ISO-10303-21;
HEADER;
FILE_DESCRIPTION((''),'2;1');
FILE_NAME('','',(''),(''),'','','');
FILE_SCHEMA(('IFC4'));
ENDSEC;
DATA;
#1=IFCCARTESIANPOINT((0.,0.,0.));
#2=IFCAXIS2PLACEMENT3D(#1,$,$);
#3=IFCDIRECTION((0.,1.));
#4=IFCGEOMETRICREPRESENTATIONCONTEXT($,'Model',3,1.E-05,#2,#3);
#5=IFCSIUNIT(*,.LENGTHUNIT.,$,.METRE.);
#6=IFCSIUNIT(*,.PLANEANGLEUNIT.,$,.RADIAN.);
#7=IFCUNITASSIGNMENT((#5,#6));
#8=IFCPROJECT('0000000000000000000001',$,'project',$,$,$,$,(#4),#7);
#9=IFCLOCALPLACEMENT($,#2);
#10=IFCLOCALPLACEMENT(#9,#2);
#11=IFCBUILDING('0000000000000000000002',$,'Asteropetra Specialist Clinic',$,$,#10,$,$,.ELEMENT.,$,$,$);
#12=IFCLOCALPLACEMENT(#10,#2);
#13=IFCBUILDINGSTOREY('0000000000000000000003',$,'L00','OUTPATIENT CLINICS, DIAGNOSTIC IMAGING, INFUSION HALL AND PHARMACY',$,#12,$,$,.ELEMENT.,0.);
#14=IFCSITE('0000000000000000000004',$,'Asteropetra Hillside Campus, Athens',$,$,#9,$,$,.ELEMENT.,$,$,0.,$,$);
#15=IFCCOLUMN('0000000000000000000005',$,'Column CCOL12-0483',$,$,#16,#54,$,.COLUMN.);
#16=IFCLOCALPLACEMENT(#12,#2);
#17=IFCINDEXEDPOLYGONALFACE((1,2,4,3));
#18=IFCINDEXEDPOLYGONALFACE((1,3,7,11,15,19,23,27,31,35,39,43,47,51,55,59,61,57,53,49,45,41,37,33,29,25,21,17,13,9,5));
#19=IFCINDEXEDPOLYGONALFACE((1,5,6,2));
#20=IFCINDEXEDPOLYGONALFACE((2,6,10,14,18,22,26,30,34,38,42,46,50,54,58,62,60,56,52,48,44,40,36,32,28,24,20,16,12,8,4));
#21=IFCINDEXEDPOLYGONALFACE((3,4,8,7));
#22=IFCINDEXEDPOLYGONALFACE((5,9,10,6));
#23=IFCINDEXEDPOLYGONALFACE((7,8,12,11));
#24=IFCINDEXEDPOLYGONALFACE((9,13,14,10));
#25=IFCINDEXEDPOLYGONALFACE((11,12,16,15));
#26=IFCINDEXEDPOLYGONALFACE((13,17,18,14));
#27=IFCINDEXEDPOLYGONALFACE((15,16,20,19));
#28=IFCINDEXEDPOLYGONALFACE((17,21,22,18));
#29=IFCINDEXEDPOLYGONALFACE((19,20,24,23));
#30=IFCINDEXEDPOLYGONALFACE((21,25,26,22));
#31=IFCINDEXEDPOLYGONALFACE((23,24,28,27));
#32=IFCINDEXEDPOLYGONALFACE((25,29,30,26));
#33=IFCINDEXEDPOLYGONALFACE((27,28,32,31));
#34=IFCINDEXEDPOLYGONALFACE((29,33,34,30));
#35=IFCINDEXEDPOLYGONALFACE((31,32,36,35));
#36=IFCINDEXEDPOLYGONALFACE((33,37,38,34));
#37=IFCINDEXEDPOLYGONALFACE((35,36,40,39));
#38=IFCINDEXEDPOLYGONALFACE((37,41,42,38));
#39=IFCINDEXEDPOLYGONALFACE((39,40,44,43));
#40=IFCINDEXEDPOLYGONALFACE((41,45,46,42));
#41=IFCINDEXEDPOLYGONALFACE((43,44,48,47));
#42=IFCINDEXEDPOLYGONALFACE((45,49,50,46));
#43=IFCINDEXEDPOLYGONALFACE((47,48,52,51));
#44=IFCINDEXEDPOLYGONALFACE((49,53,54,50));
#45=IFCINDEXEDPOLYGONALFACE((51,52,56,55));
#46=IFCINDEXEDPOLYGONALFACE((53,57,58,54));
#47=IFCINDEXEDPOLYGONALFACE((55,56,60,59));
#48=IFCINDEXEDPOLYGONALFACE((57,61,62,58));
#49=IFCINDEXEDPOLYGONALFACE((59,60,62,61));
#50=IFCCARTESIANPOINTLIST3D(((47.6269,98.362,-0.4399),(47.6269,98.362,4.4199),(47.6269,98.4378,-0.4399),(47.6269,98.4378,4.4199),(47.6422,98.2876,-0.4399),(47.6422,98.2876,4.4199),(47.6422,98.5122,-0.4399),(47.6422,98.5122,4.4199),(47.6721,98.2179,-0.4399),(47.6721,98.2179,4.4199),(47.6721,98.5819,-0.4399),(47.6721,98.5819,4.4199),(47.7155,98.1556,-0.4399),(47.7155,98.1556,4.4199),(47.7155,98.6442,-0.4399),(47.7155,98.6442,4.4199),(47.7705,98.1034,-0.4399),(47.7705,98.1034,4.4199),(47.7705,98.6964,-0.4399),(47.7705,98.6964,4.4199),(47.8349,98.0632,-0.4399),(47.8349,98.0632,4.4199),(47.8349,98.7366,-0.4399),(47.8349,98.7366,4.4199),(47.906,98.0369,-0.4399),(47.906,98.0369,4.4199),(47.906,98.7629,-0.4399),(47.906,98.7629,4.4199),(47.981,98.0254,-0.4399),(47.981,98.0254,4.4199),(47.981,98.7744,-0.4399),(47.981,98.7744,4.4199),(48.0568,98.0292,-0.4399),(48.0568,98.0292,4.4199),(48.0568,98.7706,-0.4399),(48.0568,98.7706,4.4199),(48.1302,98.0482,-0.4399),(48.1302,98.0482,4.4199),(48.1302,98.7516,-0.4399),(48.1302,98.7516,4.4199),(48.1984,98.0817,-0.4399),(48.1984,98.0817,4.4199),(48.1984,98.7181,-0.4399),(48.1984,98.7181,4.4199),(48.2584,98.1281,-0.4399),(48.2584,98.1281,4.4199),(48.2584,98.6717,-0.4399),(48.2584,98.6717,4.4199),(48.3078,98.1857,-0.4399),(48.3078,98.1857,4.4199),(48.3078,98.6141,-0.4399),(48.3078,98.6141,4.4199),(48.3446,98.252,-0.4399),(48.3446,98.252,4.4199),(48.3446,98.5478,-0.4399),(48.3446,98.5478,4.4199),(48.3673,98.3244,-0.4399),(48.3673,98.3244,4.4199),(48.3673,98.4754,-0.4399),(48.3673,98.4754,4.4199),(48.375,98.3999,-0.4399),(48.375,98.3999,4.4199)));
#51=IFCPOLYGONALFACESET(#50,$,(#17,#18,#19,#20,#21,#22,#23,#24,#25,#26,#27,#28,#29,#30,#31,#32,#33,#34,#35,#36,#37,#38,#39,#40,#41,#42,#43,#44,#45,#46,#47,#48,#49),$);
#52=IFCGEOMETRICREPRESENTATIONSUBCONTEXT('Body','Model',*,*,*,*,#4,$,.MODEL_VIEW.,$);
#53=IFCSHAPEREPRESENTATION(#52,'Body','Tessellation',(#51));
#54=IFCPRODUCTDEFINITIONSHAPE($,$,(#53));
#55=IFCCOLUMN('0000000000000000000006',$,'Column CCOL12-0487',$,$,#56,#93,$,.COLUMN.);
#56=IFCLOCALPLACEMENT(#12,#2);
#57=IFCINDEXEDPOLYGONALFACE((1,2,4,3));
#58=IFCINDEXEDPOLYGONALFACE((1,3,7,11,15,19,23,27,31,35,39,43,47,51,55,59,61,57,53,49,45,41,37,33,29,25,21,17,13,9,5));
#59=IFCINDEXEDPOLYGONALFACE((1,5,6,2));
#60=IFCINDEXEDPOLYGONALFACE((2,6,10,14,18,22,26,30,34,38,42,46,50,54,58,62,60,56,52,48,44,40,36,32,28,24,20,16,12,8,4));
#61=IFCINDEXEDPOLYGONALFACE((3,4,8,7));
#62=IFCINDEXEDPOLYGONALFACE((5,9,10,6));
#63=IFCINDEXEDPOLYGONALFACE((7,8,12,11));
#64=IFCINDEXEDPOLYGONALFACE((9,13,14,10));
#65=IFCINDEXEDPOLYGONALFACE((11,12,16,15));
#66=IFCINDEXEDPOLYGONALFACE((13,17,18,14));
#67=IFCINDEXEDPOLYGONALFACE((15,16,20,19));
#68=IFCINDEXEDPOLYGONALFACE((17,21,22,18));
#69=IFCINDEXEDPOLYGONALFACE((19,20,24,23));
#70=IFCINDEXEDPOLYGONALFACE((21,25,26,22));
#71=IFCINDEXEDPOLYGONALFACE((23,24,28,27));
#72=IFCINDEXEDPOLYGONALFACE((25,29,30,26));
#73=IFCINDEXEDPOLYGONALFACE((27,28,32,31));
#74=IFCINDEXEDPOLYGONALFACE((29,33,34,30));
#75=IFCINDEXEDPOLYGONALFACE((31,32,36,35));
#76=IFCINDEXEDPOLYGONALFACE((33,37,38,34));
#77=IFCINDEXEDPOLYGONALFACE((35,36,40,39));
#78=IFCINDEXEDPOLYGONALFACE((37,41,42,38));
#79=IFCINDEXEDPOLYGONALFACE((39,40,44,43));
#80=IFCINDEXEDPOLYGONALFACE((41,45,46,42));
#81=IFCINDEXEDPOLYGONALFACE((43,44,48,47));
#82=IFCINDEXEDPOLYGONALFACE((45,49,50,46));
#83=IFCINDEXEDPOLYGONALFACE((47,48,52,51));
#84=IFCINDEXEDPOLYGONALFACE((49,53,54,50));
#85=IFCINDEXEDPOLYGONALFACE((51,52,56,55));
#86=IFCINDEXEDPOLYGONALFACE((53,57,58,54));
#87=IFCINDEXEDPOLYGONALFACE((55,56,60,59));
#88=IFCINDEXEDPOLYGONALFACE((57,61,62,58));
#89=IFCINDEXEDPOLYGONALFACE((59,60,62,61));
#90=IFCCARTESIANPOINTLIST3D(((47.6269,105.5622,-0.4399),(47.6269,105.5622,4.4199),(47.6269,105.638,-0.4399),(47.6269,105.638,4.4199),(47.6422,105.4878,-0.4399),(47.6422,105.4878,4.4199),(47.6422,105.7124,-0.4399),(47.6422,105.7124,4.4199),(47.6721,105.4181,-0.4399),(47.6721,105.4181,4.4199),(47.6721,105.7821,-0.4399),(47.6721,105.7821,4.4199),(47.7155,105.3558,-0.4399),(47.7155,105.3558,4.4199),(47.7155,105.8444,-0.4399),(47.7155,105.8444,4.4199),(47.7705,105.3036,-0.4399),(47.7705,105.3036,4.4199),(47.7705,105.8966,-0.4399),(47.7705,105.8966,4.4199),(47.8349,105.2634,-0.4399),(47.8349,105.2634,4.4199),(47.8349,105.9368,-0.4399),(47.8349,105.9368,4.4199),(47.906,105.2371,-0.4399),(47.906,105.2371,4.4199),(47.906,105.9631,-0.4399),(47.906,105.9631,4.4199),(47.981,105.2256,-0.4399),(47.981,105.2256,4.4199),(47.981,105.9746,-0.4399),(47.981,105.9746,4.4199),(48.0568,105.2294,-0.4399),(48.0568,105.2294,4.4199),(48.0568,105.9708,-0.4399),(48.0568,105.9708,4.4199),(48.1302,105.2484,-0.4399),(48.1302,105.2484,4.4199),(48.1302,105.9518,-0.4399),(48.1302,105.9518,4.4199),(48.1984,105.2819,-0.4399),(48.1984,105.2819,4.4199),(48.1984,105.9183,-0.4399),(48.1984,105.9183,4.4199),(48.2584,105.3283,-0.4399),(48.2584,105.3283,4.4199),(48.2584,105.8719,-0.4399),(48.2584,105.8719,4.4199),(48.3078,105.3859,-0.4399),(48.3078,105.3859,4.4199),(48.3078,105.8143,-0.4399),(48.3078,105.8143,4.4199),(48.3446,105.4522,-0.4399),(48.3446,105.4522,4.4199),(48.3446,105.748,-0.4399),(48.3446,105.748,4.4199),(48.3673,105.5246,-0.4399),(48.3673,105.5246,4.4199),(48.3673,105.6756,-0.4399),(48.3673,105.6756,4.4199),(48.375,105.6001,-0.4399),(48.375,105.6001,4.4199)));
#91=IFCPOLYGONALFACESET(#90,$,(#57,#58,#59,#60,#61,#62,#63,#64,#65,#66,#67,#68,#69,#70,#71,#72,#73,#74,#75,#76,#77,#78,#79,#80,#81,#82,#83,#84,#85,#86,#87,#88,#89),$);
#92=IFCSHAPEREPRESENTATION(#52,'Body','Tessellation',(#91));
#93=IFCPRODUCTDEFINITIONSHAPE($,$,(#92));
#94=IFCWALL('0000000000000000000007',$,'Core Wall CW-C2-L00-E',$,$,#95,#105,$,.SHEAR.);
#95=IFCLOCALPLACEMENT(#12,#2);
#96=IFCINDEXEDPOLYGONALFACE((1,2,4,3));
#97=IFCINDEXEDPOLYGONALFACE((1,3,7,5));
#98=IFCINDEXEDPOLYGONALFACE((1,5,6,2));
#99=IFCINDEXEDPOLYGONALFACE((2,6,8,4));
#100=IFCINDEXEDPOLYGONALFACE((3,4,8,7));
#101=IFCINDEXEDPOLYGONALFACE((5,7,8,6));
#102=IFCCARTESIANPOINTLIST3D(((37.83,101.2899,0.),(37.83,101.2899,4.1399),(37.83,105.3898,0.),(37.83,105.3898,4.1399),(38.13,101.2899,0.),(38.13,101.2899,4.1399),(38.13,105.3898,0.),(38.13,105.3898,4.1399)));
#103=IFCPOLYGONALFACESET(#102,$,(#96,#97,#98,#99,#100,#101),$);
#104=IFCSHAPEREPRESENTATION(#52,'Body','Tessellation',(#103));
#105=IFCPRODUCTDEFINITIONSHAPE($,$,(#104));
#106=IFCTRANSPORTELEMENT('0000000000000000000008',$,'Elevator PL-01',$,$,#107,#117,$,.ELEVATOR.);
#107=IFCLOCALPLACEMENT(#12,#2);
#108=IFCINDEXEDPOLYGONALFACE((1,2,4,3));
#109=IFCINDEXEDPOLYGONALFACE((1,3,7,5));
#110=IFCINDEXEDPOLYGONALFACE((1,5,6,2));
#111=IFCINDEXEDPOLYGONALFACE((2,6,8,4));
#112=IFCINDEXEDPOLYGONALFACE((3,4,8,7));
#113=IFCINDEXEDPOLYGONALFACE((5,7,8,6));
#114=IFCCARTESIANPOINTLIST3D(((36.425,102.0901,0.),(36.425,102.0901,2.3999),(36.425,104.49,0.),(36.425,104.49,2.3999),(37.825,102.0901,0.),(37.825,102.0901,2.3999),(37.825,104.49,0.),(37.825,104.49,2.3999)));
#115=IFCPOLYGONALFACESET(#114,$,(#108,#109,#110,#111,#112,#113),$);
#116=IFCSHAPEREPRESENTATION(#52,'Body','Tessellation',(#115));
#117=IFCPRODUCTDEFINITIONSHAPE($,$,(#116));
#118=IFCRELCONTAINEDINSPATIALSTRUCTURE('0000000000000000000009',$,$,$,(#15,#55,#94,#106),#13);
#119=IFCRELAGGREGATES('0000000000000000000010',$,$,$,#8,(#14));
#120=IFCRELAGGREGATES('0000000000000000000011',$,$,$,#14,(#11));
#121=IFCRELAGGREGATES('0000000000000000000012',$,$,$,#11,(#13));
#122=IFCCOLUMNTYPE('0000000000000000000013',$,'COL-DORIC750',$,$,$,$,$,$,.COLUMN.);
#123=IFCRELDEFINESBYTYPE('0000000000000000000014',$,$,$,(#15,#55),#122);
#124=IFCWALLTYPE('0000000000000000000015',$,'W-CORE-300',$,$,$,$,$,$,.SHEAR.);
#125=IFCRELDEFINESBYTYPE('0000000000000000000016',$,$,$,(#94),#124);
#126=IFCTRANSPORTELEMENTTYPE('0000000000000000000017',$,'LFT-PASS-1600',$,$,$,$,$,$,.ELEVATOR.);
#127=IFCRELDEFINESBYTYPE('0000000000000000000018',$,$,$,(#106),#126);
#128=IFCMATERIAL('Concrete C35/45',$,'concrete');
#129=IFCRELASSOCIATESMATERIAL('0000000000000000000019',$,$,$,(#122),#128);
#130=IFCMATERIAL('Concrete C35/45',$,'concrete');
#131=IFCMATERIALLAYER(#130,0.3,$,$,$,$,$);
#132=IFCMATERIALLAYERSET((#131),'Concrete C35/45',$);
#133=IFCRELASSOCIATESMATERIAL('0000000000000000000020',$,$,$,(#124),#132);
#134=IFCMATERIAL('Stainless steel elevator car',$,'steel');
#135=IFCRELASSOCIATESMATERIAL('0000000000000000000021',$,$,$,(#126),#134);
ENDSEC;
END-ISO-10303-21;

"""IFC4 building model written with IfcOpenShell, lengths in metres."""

from ifc_helpers import new_model, si_unit, direction, frame, frame_2d, origin, origin_2d, place, context, subcontext, project, spatial, rectangle, circle, extrude, material, layer, layer_set, material_profile, profile_set, type_object, element, save


model = new_model("IFC4")

# Units and contexts
model_context = context("Model", 3, precision=1e-05, world=origin(), true_north=direction((0.0, 1.0)))
body_context = subcontext(model_context, "Body", "Model", "MODEL_VIEW")
ifc_project = project(units=[si_unit("LENGTHUNIT", "METRE"), si_unit("PLANEANGLEUNIT", "RADIAN")], contexts=[model_context])

# Site, building, storey
site_placement = place(None, origin())
site = spatial("IfcSite", under=ifc_project, at=site_placement, Name="Asteropetra Hillside Campus, Athens", CompositionType="ELEMENT", RefElevation=0.0)
building_placement = place(site_placement, origin())
building = spatial("IfcBuilding", under=site, at=building_placement, Name="Asteropetra Specialist Clinic", CompositionType="ELEMENT")
storey_placement = place(building_placement, origin())
storey = spatial("IfcBuildingStorey", under=building, at=storey_placement, Name="L00", Description="OUTPATIENT CLINICS, DIAGNOSTIC IMAGING, INFUSION HALL AND PHARMACY", CompositionType="ELEMENT", Elevation=0.0)

# Columns
ifc_material_1 = material(Name="Concrete C35/45", Category="concrete")
ifc_material_profile_1 = material_profile(ifc_material_1, circle(Radius=0.375, at=origin_2d()), Name="RCC D750")
ifc_profile_set_1 = profile_set([ifc_material_profile_1], Name="Concrete C35/45")
column_type = type_object("IfcColumnType", Name="COL-DORIC750", PredefinedType="COLUMN", material=ifc_profile_set_1)
for number, where, z_axis, x_axis, name in (
    (1, (48.0, 98.3999, -0.4399), (0.0, 0.0, 1.0), (1.0, 0.0, 0.0), "Column CCOL12-0483"),
    (2, (48.0, 105.6001, -0.4399), (0.0, 0.0, 1.0), (1.0, 0.0, 0.0), "Column CCOL12-0487"),
):
    element("IfcColumn", number, at=place(storey_placement, frame(where, z_axis=z_axis, x_axis=x_axis)), inside=storey, type_object=column_type, Name=name, PredefinedType="COLUMN", context=body_context, shape_type="SweptSolid", body=[
        extrude(circle(Radius=0.375, at=origin_2d()), origin(), (0.0, 0.0, 1.0), 4.8599),
    ])

# Wall
ifc_material_2 = material(Name="Concrete C35/45", Category="concrete")
ifc_layer = layer(ifc_material_2, 0.3)
ifc_layer_set = layer_set([ifc_layer], Name="Concrete C35/45")
wall_type = type_object("IfcWallType", Name="W-CORE-300", PredefinedType="SHEAR", material=ifc_layer_set)
wall_placement = place(storey_placement, frame((37.98, 101.29, 0.0), z_axis=(0.0, 0.0, 1.0), x_axis=(0.0, 1.0, 0.0)))
element("IfcWall", 3, at=wall_placement, inside=storey, type_object=wall_type, Name="Core Wall CW-C2-L00-E", PredefinedType="SHEAR", context=body_context, shape_type="SweptSolid", body=[
    extrude(rectangle(XDim=4.0999, YDim=0.3, at=frame_2d((2.0498, 0.0))), origin(), (0.0, 0.0, 1.0), 4.1399),
])

# Transport element
ifc_material_3 = material(Name="Stainless steel elevator car", Category="steel")
transport_element_type = type_object("IfcTransportElementType", Name="LFT-PASS-1600", PredefinedType="ELEVATOR", material=ifc_material_3)
transport_element_placement = place(storey_placement, frame((37.125, 103.29, 0.0), z_axis=(0.0, 0.0, 1.0), x_axis=(1.0, 0.0, 0.0)))
element("IfcTransportElement", 4, at=transport_element_placement, inside=storey, type_object=transport_element_type, Name="Elevator PL-01", PredefinedType="ELEVATOR", context=body_context, shape_type="SweptSolid", body=[
    extrude(rectangle(XDim=1.3999, YDim=2.3999, at=origin_2d()), origin(), (0.0, 0.0, 1.0), 2.3999),
])

save(model, "model.ifc")
